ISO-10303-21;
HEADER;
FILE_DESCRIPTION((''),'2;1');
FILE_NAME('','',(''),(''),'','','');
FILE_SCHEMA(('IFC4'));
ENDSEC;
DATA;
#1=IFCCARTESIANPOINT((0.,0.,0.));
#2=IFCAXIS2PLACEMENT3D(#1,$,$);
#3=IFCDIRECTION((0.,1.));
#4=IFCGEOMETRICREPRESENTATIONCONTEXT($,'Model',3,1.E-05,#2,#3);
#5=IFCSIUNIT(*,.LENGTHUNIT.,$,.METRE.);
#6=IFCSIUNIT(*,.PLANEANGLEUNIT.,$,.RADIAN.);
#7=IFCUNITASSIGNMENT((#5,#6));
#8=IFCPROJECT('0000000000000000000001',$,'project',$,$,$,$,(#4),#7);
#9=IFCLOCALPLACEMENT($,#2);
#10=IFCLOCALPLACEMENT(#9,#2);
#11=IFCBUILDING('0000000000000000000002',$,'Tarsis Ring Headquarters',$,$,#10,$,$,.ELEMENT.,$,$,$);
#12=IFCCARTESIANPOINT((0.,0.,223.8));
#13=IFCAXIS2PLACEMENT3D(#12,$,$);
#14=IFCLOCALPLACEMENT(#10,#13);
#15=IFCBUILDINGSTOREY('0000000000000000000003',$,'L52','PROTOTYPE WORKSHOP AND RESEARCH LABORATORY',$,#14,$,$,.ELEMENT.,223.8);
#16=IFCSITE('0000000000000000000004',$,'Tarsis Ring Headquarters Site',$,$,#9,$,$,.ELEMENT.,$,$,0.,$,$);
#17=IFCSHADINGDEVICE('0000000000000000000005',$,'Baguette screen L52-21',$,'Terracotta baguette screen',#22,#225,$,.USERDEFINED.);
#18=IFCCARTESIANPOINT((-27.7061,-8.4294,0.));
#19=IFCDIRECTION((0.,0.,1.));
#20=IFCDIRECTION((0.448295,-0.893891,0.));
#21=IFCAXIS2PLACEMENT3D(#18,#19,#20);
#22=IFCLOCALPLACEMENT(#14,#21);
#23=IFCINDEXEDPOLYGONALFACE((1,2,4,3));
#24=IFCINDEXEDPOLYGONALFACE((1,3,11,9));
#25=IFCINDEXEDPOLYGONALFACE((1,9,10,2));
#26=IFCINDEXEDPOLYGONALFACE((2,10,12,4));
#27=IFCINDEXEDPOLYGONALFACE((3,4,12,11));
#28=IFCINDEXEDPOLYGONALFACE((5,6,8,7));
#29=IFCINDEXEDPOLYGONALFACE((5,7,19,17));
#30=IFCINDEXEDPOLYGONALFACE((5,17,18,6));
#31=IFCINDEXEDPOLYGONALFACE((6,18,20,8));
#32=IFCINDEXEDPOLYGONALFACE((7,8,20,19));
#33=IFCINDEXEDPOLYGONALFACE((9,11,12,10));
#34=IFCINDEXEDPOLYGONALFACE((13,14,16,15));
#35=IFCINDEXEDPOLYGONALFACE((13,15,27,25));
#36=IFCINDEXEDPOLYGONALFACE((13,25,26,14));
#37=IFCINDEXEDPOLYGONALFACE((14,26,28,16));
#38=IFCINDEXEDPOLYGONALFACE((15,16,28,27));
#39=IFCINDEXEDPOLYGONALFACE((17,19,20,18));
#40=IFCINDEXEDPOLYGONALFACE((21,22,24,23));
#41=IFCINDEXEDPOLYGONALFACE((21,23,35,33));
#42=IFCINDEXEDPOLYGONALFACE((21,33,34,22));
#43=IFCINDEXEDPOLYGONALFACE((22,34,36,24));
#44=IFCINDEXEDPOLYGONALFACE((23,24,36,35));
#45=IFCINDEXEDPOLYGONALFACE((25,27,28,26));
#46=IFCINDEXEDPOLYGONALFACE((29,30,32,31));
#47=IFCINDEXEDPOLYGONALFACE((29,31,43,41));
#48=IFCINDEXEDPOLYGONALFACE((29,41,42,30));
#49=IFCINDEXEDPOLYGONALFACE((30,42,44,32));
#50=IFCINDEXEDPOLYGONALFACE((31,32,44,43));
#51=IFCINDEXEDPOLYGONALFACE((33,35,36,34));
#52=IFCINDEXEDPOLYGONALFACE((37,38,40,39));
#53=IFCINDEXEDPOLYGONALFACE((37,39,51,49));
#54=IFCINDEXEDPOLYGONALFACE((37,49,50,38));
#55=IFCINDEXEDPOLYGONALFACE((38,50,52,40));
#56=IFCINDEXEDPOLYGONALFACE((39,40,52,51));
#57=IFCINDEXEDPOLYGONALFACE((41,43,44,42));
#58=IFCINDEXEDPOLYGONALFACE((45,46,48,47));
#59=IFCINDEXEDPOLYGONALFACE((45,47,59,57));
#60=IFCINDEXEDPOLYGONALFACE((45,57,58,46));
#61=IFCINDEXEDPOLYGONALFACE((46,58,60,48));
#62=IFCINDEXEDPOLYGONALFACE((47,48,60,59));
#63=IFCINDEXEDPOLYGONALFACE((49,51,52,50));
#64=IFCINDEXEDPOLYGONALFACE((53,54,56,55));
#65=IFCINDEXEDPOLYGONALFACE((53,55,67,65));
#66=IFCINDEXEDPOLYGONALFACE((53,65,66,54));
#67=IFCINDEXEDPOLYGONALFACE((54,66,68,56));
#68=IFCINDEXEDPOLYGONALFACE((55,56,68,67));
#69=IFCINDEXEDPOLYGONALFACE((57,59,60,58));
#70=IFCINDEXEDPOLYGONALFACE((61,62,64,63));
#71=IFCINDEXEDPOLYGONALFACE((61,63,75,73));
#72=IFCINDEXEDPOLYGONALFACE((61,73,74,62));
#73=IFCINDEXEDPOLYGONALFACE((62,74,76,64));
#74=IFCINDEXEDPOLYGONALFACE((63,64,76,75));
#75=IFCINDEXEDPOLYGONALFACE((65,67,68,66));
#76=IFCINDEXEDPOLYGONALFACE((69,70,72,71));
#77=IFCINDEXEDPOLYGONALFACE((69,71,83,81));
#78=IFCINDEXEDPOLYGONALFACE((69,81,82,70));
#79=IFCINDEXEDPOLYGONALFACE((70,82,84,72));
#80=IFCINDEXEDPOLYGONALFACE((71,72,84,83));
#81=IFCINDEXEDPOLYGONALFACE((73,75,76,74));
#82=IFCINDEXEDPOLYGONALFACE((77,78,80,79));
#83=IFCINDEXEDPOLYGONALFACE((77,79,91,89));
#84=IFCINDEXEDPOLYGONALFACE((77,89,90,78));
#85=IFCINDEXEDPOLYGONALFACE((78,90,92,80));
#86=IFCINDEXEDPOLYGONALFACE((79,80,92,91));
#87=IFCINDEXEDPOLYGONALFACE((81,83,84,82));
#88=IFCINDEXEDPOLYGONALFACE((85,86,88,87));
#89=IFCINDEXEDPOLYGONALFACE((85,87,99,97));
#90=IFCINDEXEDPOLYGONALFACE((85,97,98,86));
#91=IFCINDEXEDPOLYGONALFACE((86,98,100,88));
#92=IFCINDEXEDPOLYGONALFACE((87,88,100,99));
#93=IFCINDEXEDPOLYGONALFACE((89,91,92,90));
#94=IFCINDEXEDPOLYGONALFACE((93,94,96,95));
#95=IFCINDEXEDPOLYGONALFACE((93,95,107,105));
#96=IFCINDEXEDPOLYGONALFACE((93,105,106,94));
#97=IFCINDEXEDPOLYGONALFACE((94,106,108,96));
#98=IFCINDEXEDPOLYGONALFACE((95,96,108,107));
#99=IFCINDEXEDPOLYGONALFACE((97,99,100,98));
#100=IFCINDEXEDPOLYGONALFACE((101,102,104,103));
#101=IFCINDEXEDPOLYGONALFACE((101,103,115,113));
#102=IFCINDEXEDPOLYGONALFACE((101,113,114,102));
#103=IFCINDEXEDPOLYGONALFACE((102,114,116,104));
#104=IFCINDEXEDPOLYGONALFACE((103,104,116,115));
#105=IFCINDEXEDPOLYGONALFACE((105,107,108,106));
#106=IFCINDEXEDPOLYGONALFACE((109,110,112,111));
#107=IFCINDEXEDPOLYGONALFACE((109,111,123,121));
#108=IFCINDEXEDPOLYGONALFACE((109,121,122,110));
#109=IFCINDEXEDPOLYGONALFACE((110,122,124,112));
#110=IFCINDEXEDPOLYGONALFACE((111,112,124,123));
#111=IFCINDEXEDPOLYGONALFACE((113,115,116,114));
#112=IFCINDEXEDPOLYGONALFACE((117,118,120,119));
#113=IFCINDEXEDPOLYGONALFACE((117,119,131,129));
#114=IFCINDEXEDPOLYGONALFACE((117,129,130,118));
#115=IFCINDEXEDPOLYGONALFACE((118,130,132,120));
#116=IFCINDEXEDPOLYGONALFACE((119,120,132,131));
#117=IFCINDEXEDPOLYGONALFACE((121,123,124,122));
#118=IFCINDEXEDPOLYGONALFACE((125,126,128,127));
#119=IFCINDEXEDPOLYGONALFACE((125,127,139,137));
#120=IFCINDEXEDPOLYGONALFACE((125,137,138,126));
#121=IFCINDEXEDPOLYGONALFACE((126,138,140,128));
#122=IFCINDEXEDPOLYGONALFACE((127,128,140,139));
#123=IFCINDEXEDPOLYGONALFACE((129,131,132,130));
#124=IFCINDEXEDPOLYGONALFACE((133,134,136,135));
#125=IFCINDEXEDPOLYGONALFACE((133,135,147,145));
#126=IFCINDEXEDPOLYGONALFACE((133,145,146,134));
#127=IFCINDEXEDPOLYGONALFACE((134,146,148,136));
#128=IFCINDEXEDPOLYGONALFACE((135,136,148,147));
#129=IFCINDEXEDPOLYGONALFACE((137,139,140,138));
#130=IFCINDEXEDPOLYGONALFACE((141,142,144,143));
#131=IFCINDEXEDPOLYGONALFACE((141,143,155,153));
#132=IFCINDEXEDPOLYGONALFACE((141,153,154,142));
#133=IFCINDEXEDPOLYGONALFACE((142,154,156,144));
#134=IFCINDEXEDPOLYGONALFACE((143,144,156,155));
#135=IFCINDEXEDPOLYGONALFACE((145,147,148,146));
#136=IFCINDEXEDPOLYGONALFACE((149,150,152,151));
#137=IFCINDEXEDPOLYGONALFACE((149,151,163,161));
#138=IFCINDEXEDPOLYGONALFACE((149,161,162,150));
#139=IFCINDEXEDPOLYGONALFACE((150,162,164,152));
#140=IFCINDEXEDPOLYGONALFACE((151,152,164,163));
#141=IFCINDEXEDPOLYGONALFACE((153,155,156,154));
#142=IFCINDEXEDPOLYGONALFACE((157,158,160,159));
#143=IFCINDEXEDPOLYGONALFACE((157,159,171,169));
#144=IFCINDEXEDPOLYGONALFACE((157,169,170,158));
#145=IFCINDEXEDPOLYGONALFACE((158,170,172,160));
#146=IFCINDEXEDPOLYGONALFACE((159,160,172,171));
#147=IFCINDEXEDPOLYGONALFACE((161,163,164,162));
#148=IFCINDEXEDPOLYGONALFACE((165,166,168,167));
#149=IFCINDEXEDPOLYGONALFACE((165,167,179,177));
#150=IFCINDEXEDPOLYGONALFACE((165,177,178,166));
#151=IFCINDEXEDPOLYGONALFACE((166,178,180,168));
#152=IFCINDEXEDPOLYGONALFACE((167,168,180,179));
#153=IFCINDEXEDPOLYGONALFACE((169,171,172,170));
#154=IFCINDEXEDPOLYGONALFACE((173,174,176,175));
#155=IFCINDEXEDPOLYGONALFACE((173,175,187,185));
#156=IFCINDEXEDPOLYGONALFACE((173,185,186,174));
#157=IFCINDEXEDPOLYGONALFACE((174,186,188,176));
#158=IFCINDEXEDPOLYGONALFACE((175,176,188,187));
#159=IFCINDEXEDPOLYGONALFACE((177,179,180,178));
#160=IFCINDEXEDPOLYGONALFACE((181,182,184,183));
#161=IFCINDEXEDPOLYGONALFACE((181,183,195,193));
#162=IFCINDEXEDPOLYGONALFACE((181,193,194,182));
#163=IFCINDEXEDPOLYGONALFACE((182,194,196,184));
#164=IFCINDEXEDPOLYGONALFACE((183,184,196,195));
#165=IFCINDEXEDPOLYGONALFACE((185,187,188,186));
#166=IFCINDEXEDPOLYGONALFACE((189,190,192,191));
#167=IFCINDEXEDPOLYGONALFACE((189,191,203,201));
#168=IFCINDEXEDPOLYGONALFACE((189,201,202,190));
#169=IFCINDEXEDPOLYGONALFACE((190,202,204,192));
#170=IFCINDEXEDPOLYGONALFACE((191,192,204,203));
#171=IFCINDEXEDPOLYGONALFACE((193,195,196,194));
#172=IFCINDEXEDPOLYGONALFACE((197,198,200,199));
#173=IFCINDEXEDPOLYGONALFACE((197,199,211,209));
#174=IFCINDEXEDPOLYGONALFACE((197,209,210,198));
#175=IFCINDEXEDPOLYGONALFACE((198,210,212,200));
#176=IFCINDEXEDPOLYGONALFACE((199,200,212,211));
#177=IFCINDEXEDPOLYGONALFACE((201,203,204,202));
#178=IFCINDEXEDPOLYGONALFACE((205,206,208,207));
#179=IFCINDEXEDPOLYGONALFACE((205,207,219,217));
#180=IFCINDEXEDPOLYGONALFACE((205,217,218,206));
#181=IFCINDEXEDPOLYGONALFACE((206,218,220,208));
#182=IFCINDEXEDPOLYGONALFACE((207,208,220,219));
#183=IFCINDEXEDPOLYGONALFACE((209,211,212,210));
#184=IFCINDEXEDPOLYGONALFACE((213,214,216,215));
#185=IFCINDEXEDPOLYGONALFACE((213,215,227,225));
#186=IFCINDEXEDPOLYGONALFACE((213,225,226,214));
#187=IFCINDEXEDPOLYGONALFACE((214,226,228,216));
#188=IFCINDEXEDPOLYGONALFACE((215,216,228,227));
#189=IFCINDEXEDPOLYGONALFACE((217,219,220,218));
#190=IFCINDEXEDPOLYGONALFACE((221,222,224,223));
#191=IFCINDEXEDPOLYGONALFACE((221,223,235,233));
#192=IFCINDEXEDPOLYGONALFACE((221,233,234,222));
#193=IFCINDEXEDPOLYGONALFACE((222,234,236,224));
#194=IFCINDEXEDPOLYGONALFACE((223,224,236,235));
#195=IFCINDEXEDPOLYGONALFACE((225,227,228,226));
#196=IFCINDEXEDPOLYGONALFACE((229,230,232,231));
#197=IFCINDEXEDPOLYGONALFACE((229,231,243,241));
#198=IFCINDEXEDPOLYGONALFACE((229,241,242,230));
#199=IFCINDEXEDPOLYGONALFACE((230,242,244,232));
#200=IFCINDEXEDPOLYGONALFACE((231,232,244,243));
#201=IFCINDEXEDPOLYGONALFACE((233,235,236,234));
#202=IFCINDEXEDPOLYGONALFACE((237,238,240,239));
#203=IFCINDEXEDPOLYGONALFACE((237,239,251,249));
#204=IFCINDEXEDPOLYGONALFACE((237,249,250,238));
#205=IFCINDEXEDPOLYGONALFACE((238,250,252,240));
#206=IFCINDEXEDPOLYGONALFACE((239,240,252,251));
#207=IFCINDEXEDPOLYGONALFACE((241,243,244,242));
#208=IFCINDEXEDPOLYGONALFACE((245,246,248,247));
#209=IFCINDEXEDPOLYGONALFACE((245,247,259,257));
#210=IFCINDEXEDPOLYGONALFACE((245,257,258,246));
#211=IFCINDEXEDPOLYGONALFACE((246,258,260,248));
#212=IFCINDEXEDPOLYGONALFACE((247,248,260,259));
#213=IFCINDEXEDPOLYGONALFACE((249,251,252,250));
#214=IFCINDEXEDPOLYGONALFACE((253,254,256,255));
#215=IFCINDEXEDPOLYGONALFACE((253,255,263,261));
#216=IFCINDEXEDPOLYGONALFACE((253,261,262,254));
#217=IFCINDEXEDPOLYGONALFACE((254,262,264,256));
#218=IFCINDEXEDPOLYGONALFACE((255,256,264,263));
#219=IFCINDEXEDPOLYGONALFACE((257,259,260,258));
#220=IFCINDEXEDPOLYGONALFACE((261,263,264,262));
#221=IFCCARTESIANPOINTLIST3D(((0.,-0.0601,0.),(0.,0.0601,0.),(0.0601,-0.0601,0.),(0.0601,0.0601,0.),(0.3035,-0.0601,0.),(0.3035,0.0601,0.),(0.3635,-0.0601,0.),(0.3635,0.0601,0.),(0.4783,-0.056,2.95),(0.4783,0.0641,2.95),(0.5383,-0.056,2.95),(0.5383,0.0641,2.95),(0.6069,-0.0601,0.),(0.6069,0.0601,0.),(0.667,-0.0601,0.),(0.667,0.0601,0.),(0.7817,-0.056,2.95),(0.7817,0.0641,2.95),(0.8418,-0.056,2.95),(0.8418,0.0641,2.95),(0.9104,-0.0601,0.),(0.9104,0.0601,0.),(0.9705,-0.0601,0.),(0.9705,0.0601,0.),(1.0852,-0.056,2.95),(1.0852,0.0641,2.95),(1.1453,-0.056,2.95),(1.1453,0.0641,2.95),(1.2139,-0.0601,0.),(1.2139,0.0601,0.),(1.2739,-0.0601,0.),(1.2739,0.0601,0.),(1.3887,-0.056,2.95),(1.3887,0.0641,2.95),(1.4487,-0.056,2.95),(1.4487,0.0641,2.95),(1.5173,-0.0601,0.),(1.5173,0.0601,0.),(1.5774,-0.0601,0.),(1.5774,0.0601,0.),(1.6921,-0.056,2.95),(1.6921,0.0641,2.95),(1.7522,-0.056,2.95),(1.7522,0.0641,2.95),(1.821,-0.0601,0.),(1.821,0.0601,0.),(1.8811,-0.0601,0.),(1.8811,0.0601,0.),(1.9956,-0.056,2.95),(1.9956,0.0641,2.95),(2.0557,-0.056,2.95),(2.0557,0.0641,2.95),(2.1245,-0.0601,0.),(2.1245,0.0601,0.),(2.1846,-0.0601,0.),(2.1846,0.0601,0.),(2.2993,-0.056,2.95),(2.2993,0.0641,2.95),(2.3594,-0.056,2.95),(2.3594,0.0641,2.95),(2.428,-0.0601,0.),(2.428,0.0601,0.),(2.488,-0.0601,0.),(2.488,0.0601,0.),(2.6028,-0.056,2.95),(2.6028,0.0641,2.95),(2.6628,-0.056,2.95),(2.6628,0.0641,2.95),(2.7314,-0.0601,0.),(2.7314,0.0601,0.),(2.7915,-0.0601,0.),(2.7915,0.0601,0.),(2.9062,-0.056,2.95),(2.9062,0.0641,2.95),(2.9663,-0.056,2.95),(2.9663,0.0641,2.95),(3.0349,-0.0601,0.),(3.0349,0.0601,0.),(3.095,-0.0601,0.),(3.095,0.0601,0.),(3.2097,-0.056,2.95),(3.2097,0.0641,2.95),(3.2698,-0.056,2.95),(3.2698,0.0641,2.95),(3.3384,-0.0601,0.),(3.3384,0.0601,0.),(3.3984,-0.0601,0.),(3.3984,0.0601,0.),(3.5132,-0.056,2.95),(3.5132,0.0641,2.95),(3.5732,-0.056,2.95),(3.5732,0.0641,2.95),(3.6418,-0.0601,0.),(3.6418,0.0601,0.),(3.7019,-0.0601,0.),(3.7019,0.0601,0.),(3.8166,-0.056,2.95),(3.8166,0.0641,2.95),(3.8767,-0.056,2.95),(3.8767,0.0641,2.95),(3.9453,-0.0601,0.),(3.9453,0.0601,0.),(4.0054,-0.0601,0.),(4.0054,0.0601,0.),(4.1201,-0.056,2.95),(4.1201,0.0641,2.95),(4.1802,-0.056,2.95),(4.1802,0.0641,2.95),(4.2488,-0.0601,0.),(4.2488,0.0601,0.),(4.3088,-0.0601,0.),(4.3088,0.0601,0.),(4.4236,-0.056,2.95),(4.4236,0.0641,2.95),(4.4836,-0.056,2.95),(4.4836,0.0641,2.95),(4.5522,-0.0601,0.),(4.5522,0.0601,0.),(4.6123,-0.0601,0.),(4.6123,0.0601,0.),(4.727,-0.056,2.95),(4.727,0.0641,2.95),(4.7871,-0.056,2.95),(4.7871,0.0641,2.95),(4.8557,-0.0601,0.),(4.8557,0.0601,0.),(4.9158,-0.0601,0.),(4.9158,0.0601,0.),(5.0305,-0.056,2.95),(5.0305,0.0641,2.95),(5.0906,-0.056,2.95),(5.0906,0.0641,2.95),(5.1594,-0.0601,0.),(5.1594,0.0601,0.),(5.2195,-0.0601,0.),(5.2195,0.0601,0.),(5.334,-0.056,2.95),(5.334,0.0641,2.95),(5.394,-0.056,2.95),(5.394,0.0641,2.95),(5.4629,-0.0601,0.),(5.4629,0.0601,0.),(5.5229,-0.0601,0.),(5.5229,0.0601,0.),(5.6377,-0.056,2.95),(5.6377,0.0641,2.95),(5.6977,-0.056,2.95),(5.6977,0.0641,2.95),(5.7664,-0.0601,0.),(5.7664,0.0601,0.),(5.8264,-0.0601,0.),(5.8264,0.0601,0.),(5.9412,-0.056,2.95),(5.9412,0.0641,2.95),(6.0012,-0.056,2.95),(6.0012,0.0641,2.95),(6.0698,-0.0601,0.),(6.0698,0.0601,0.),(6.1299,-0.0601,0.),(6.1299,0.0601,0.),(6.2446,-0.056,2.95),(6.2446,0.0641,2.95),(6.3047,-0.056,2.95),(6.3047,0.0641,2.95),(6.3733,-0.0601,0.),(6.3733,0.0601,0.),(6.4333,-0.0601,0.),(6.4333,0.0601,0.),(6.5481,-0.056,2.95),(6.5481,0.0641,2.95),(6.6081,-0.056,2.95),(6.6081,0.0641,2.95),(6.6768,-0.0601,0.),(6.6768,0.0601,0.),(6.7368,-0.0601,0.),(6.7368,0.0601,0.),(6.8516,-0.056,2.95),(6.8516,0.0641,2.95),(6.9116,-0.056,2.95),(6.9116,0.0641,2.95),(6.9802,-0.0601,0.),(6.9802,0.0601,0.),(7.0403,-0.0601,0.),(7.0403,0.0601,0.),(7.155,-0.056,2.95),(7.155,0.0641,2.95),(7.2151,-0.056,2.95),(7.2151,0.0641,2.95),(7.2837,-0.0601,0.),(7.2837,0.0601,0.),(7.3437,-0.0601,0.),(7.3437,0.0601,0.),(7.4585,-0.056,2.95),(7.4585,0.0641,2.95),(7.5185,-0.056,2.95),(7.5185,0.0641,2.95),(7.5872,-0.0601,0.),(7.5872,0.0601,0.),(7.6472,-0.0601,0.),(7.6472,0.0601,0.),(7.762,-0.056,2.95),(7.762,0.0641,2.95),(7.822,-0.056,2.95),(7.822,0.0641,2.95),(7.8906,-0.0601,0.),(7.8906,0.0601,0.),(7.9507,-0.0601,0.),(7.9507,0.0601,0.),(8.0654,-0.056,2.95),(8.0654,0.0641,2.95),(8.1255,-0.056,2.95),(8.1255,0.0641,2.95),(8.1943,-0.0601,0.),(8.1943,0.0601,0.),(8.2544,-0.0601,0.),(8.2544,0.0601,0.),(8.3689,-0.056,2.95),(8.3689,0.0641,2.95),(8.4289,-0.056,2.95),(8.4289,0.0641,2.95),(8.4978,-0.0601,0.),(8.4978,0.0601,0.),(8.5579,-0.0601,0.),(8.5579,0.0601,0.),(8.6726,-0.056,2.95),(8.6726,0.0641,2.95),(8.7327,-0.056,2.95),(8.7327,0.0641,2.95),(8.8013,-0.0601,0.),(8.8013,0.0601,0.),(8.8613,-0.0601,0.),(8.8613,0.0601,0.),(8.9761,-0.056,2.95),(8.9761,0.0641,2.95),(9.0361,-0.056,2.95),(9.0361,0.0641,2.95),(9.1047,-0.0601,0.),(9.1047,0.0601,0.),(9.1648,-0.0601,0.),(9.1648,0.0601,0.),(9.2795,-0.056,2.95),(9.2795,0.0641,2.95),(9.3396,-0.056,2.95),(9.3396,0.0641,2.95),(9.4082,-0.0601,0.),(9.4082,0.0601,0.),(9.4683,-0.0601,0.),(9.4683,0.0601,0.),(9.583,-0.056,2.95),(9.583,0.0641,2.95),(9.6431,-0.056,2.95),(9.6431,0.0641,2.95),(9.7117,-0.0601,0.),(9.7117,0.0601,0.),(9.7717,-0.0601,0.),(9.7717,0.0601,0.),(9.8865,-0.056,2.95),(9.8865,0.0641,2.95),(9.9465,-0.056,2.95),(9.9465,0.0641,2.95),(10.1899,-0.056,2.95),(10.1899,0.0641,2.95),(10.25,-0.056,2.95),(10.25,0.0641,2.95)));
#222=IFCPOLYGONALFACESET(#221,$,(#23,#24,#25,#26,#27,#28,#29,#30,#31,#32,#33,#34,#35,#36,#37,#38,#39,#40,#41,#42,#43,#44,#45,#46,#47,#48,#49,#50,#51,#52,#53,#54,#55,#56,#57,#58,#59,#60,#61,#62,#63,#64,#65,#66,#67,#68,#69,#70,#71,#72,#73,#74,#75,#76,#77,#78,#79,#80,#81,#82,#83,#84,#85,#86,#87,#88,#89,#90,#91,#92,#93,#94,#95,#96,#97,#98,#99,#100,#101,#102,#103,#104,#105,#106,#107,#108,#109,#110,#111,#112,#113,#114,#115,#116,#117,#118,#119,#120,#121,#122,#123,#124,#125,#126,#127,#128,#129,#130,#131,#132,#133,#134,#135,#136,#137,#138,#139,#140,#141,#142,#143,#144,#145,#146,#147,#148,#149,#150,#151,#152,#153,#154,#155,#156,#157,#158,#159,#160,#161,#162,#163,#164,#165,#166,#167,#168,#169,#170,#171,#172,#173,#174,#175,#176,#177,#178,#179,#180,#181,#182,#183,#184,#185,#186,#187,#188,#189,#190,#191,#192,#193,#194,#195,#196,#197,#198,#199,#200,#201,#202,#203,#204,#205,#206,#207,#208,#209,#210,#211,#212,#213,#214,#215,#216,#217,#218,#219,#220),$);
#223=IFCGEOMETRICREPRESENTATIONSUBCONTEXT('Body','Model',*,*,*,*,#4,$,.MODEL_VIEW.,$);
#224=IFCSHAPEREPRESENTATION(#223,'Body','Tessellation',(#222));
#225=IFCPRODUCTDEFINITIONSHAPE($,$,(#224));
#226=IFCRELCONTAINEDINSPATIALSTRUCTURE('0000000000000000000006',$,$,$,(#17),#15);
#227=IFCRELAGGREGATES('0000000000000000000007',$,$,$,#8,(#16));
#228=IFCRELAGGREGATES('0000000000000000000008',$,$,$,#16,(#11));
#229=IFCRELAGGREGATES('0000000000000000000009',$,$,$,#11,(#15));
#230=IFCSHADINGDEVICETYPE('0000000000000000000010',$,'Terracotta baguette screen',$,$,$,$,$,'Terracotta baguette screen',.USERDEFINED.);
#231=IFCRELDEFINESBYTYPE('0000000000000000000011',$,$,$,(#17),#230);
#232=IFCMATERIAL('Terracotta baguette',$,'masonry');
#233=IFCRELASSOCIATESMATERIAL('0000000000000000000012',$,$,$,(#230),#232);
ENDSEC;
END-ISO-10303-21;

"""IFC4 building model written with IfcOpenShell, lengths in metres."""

from ifc_helpers import new_model, si_unit, direction, frame, frame_2d, origin, place, context, subcontext, project, spatial, rectangle, composite_profile, extrude, material, type_object, element, save


model = new_model("IFC4")

# Units and contexts
model_context = context("Model", 3, precision=1e-05, world=origin(), true_north=direction((0.0, 1.0)))
body_context = subcontext(model_context, "Body", "Model", "MODEL_VIEW")
ifc_project = project(units=[si_unit("LENGTHUNIT", "METRE"), si_unit("PLANEANGLEUNIT", "RADIAN")], contexts=[model_context])

# Site, building, storey
site_placement = place(None, origin())
site = spatial("IfcSite", under=ifc_project, at=site_placement, Name="Tarsis Ring Headquarters Site", CompositionType="ELEMENT", RefElevation=0.0)
building_placement = place(site_placement, origin())
building = spatial("IfcBuilding", under=site, at=building_placement, Name="Tarsis Ring Headquarters", CompositionType="ELEMENT")
storey_placement = place(building_placement, frame((0.0, 0.0, 223.8)))
storey = spatial("IfcBuildingStorey", under=building, at=storey_placement, Name="L52", Description="PROTOTYPE WORKSHOP AND RESEARCH LABORATORY", CompositionType="ELEMENT", Elevation=223.8)

# Shading device
ifc_material_1 = material(Name="Terracotta baguette", Category="masonry")
shading_device_type = type_object("IfcShadingDeviceType", Name="Terracotta baguette screen", ElementType="Terracotta baguette screen", PredefinedType="USERDEFINED", material=ifc_material_1)
shading_device_1_placement = place(storey_placement, frame((-27.7061, -8.4294, 0.0), z_axis=(0.0, 0.0, 1.0), x_axis=(0.448295, -0.893891, 0.0)))
element("IfcShadingDevice", 1, at=shading_device_1_placement, inside=storey, type_object=shading_device_type, Name="Baguette screen L52-21", ObjectType="Terracotta baguette screen", PredefinedType="USERDEFINED", context=body_context, shape_type="SweptSolid", body=[
    extrude(composite_profile([rectangle(XDim=0.0601, YDim=0.1201, at=frame_2d((0.03, 0.0))), rectangle(XDim=0.0601, YDim=0.1201, at=frame_2d((0.3335, 0.0))), rectangle(XDim=0.0601, YDim=0.1201, at=frame_2d((0.637, 0.0))), rectangle(XDim=0.0601, YDim=0.1201, at=frame_2d((0.9404, 0.0))), rectangle(XDim=0.0601, YDim=0.1201, at=frame_2d((1.2439, 0.0))), rectangle(XDim=0.0601, YDim=0.1201, at=frame_2d((1.5474, 0.0))), rectangle(XDim=0.0601, YDim=0.1201, at=frame_2d((1.8511, 0.0))), rectangle(XDim=0.0601, YDim=0.1201, at=frame_2d((2.1545, 0.0))), rectangle(XDim=0.0601, YDim=0.1201, at=frame_2d((2.458, 0.0))), rectangle(XDim=0.0601, YDim=0.1201, at=frame_2d((2.7615, 0.0))), rectangle(XDim=0.0601, YDim=0.1201, at=frame_2d((3.0649, 0.0))), rectangle(XDim=0.0601, YDim=0.1201, at=frame_2d((3.3684, 0.0))), rectangle(XDim=0.0601, YDim=0.1201, at=frame_2d((3.6719, 0.0))), rectangle(XDim=0.0601, YDim=0.1201, at=frame_2d((3.9753, 0.0))), rectangle(XDim=0.0601, YDim=0.1201, at=frame_2d((4.2788, 0.0))), rectangle(XDim=0.0601, YDim=0.1201, at=frame_2d((4.5823, 0.0))), rectangle(XDim=0.0601, YDim=0.1201, at=frame_2d((4.8857, 0.0))), rectangle(XDim=0.0601, YDim=0.1201, at=frame_2d((5.1895, 0.0))), rectangle(XDim=0.0601, YDim=0.1201, at=frame_2d((5.4929, 0.0))), rectangle(XDim=0.0601, YDim=0.1201, at=frame_2d((5.7964, 0.0))), rectangle(XDim=0.0601, YDim=0.1201, at=frame_2d((6.0999, 0.0))), rectangle(XDim=0.0601, YDim=0.1201, at=frame_2d((6.4033, 0.0))), rectangle(XDim=0.0601, YDim=0.1201, at=frame_2d((6.7068, 0.0))), rectangle(XDim=0.0601, YDim=0.1201, at=frame_2d((7.0103, 0.0))), rectangle(XDim=0.0601, YDim=0.1201, at=frame_2d((7.3137, 0.0))), rectangle(XDim=0.0601, YDim=0.1201, at=frame_2d((7.6172, 0.0))), rectangle(XDim=0.0601, YDim=0.1201, at=frame_2d((7.9207, 0.0))), rectangle(XDim=0.0601, YDim=0.1201, at=frame_2d((8.2244, 0.0))), rectangle(XDim=0.0601, YDim=0.1201, at=frame_2d((8.5278, 0.0))), rectangle(XDim=0.0601, YDim=0.1201, at=frame_2d((8.8313, 0.0))), rectangle(XDim=0.0601, YDim=0.1201, at=frame_2d((9.1348, 0.0))), rectangle(XDim=0.0601, YDim=0.1201, at=frame_2d((9.4382, 0.0))), rectangle(XDim=0.0601, YDim=0.1201, at=frame_2d((9.7417, 0.0)))]), origin(), (0.160033, 0.001343, 0.987111), 2.9885),
])

save(model, "model.ifc")
